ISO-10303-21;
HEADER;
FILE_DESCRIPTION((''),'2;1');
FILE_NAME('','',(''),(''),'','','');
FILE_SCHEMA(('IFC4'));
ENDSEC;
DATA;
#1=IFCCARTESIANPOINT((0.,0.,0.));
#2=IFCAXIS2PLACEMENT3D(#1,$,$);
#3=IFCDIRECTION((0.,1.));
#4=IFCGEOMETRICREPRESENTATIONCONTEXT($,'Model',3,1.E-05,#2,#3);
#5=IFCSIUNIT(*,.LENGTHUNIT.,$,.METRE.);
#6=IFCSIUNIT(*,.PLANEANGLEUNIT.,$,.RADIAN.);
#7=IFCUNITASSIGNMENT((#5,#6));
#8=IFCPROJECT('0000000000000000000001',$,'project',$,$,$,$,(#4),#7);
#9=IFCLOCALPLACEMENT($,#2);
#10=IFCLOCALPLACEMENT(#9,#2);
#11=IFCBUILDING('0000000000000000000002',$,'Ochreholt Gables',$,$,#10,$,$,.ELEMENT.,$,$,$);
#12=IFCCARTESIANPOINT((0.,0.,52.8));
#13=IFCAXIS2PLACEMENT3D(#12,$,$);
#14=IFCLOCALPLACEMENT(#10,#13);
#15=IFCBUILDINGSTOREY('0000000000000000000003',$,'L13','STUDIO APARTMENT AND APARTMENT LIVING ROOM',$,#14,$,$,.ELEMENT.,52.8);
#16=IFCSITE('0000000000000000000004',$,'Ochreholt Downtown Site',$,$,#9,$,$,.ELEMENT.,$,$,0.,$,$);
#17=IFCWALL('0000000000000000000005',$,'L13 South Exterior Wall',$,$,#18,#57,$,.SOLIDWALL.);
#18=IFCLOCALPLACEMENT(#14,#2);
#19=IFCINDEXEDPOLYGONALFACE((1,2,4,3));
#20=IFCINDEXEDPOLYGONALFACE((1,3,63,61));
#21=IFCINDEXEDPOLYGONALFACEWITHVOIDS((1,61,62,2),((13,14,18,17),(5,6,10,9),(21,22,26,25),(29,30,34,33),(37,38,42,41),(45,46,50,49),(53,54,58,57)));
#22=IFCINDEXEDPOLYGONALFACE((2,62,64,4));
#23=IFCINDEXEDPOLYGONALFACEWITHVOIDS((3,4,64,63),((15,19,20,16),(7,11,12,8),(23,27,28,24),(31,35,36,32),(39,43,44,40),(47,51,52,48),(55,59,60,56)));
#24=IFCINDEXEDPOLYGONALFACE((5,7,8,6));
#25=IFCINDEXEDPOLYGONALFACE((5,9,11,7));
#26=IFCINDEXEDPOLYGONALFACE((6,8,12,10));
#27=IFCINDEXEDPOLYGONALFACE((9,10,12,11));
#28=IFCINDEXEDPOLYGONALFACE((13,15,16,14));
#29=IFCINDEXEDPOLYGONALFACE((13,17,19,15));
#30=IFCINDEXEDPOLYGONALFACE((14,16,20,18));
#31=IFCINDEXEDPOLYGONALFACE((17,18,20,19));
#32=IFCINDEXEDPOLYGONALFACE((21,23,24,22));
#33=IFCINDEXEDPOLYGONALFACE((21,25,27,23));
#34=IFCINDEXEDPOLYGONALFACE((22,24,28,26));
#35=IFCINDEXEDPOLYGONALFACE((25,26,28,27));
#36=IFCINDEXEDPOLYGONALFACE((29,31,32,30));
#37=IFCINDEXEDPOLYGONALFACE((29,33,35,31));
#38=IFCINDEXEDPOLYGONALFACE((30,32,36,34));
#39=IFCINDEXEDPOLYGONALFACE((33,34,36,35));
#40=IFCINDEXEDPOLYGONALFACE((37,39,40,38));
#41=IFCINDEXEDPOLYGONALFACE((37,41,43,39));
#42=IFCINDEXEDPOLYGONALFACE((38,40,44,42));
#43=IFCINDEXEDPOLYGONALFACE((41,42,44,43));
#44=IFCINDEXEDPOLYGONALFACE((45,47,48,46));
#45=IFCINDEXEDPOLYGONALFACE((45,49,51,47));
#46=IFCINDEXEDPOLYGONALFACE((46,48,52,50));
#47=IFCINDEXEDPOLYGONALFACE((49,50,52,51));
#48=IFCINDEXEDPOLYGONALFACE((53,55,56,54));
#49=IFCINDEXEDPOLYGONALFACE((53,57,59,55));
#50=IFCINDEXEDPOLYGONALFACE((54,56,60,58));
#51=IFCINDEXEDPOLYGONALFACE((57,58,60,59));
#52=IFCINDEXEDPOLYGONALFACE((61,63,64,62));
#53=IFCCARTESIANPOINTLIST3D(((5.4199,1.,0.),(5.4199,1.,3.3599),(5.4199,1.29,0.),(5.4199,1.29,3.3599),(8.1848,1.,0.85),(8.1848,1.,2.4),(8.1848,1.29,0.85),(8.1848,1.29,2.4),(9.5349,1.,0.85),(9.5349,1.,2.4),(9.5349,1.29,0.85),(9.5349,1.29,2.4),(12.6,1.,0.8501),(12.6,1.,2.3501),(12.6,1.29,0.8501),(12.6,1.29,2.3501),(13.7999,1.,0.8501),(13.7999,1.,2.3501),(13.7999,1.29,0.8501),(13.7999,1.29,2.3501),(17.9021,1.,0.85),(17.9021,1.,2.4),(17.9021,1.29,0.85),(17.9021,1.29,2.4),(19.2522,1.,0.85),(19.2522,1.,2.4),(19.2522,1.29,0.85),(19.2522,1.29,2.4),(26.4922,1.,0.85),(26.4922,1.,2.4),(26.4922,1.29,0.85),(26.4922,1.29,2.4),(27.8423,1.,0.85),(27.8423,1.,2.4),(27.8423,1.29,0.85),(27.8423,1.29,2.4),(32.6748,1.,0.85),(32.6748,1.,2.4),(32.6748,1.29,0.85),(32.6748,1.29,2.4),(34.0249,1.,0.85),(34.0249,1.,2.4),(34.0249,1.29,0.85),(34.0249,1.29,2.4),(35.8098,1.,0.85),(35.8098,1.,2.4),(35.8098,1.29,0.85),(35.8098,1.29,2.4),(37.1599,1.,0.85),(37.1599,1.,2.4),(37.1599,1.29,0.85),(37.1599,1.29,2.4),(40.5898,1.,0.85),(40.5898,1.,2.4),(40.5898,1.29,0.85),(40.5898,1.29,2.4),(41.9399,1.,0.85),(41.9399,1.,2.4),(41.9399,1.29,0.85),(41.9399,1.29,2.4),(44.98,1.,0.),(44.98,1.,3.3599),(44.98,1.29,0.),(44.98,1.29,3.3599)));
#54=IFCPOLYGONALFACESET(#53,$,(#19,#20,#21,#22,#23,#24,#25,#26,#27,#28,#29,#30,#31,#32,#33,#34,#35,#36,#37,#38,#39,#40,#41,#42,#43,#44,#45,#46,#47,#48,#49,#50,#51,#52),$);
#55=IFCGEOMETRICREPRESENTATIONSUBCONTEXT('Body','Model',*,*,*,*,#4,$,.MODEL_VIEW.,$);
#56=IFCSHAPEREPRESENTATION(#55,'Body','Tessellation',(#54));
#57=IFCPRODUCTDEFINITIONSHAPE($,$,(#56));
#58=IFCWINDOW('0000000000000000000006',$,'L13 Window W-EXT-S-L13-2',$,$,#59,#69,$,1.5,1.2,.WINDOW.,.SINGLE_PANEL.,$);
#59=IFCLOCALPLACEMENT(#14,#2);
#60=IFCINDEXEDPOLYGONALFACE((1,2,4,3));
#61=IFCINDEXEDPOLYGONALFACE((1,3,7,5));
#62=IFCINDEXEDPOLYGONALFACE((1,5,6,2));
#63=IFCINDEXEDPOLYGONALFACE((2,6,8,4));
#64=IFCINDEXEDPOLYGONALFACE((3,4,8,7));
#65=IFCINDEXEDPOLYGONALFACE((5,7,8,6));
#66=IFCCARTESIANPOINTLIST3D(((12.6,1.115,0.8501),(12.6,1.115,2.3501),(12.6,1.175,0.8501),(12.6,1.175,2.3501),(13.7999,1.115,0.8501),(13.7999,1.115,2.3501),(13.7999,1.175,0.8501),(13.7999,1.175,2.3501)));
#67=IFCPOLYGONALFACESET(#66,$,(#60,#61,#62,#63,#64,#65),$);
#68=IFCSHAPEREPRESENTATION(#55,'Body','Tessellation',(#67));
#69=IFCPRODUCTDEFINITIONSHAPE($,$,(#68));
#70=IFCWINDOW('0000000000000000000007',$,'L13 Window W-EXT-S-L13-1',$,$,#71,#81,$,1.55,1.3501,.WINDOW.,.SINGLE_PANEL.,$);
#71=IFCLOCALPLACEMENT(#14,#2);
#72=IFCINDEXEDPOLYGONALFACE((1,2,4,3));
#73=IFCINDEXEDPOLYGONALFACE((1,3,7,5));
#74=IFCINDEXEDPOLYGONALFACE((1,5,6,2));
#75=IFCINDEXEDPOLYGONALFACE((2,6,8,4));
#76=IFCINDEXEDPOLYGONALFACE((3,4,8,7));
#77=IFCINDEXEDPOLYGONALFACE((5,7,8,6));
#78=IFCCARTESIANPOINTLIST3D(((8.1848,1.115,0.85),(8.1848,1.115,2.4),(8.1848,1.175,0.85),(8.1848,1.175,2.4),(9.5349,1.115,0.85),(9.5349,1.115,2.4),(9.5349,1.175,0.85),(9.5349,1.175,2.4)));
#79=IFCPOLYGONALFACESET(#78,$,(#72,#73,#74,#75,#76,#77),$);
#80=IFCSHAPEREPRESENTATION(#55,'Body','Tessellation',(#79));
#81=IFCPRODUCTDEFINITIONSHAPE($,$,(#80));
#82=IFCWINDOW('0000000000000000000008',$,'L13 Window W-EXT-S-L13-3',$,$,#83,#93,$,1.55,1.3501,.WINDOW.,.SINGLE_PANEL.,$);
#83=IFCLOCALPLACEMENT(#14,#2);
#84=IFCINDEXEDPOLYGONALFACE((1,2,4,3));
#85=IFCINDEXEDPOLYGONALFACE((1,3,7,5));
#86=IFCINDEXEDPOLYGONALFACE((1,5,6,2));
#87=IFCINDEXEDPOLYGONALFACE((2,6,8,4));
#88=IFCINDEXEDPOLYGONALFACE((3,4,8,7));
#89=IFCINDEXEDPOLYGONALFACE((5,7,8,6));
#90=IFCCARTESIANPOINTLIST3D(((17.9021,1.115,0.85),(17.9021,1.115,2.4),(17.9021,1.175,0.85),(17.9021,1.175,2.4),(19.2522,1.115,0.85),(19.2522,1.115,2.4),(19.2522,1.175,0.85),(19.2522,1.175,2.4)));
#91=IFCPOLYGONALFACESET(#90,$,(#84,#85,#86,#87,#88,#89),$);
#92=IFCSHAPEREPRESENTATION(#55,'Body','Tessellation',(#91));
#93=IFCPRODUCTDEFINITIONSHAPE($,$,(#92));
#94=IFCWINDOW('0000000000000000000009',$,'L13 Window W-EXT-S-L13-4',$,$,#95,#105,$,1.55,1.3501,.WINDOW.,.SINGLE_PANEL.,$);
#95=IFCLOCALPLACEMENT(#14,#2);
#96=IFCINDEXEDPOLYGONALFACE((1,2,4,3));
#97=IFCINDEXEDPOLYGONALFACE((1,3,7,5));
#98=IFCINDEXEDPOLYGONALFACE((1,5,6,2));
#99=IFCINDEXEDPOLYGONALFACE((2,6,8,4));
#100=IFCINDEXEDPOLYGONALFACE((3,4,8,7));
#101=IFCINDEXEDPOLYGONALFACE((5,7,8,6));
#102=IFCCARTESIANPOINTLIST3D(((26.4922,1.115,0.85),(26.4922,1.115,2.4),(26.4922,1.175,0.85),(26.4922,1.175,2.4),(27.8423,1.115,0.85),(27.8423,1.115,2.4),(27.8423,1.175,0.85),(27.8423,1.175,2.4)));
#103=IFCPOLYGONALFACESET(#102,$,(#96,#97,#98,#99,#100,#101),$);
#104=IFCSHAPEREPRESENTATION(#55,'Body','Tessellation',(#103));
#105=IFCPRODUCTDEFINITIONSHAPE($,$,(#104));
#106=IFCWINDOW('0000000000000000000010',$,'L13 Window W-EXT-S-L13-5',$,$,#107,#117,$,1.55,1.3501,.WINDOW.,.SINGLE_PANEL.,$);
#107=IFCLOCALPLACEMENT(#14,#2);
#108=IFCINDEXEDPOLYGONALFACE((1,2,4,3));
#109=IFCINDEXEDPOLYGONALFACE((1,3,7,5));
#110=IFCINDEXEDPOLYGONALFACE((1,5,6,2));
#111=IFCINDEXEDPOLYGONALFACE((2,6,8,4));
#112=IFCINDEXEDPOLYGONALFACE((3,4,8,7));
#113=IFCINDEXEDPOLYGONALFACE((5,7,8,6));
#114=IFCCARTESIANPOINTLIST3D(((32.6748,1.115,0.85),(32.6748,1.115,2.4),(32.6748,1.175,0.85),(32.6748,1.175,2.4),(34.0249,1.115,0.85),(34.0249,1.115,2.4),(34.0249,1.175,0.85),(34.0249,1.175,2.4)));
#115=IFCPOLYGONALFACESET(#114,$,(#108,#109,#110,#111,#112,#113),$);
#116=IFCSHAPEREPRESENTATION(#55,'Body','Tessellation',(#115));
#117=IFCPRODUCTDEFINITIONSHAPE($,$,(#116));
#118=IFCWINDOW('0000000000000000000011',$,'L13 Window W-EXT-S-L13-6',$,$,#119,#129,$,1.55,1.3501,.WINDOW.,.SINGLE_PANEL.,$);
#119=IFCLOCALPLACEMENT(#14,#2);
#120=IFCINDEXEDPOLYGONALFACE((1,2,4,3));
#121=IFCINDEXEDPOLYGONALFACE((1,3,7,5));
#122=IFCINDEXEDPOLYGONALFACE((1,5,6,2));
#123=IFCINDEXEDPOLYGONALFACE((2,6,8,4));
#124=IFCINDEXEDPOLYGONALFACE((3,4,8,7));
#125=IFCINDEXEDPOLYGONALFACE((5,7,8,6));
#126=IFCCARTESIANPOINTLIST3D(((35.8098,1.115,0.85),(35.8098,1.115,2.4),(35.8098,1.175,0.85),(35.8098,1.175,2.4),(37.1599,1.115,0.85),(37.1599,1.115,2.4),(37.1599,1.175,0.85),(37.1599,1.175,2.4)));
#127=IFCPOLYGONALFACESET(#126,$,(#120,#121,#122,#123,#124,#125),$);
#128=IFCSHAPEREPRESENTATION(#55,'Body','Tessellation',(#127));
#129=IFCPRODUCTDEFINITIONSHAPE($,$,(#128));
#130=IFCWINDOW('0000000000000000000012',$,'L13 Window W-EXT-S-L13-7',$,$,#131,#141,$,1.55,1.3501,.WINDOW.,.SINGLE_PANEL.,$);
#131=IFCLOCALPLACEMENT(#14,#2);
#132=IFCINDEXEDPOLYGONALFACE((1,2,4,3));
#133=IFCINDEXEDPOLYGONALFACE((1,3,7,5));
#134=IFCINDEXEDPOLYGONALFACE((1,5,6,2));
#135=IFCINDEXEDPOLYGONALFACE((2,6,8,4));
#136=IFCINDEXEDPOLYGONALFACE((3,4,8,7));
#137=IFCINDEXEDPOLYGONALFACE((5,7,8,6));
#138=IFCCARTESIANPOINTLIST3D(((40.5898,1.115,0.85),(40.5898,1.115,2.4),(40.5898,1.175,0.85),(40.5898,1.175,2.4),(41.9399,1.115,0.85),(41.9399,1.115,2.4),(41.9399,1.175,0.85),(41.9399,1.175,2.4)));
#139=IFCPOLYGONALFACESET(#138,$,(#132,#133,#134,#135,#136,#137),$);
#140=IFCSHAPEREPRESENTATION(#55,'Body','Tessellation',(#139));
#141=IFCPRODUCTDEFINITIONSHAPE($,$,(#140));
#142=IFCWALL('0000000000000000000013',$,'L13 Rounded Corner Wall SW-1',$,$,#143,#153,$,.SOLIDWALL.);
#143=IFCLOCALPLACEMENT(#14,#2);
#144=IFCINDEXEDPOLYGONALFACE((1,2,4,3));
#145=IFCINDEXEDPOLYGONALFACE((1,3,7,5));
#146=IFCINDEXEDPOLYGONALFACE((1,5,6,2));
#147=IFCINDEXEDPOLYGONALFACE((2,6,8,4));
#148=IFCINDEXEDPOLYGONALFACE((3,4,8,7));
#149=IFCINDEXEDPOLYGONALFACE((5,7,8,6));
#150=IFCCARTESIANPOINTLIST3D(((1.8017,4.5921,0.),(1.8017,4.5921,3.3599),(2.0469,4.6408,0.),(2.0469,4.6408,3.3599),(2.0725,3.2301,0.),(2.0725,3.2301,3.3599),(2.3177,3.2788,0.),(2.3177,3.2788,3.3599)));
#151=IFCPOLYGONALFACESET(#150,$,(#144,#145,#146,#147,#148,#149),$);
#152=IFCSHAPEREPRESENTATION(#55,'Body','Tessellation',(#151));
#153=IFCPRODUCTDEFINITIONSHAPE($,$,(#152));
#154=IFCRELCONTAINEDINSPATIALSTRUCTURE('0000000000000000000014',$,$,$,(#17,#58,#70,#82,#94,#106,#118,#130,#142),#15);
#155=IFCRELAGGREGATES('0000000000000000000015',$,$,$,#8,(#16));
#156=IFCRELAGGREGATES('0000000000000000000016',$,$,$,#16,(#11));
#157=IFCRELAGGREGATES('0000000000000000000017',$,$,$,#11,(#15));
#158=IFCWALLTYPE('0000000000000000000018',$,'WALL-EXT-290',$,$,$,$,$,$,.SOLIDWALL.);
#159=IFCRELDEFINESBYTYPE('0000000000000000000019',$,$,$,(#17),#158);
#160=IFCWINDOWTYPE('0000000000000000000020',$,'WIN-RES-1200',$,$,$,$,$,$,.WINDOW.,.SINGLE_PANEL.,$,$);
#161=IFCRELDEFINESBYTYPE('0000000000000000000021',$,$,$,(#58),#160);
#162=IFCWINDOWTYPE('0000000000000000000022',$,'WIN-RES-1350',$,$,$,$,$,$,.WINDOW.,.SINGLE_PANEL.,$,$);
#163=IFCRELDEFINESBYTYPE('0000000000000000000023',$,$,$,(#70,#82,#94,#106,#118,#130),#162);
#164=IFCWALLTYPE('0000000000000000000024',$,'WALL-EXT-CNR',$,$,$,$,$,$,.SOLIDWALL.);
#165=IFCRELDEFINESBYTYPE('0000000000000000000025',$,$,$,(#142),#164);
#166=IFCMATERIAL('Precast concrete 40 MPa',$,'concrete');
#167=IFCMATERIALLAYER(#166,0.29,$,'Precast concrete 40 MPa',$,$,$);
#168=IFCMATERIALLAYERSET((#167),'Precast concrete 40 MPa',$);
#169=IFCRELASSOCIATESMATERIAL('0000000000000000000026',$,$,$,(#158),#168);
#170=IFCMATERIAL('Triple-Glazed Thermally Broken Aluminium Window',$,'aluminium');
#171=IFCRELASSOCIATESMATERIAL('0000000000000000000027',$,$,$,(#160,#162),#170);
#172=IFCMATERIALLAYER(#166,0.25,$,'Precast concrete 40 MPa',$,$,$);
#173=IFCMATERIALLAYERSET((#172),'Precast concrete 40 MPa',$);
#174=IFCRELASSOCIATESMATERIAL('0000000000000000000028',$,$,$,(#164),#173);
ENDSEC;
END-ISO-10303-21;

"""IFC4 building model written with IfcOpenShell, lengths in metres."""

from ifc_helpers import new_model, si_unit, direction, frame, frame_2d, origin, place, context, subcontext, project, spatial, rectangle, extrude, material, layer, layer_set, type_object, element, fill, save


model = new_model("IFC4")

# Units and contexts
model_context = context("Model", 3, precision=1e-05, world=origin(), true_north=direction((0.0, 1.0)))
body_context = subcontext(model_context, "Body", "Model", "MODEL_VIEW")
ifc_project = project(units=[si_unit("LENGTHUNIT", "METRE"), si_unit("PLANEANGLEUNIT", "RADIAN")], contexts=[model_context])

# Site, building, storey
site_placement = place(None, origin())
site = spatial("IfcSite", under=ifc_project, at=site_placement, Name="Ochreholt Downtown Site", CompositionType="ELEMENT", RefElevation=0.0)
building_placement = place(site_placement, origin())
building = spatial("IfcBuilding", under=site, at=building_placement, Name="Ochreholt Gables", CompositionType="ELEMENT")
storey_placement = place(building_placement, frame((0.0, 0.0, 52.8)))
storey = spatial("IfcBuildingStorey", under=building, at=storey_placement, Name="L13", Description="STUDIO APARTMENT AND APARTMENT LIVING ROOM", CompositionType="ELEMENT", Elevation=52.8)

# Wall, openings, windows
ifc_material_1 = material(Name="Precast concrete 40 MPa", Category="concrete")
ifc_layer_1 = layer(ifc_material_1, 0.29, Name="Precast concrete 40 MPa")
ifc_layer_set_1 = layer_set([ifc_layer_1], Name="Precast concrete 40 MPa")
wall_type_1 = type_object("IfcWallType", Name="WALL-EXT-290", PredefinedType="SOLIDWALL", material=ifc_layer_set_1)
wall_1_placement = place(storey_placement, frame((5.4199, 1.145, 0.0), z_axis=(0.0, 0.0, 1.0), x_axis=(1.0, 0.0, 0.0)))
wall_1 = element("IfcWall", 1, at=wall_1_placement, inside=storey, type_object=wall_type_1, Name="L13 South Exterior Wall", PredefinedType="SOLIDWALL", context=body_context, shape_type="SweptSolid", body=[
    extrude(rectangle(XDim=39.5601, YDim=0.29, at=frame_2d((19.78, 0.0))), origin(), (0.0, 0.0, 1.0), 3.3599),
])
opening_1_placement = place(wall_1_placement, frame((2.7649, 0.0, 0.8501)))
opening_1 = element("IfcOpeningElement", 2, at=opening_1_placement, cuts=wall_1, PredefinedType="OPENING", context=body_context, shape_type="SweptSolid", body=[
    extrude(rectangle(XDim=1.3501, YDim=1.55, at=frame_2d((0.675, 0.7749))), frame((0.0, 0.155, 0.0), z_axis=(0.0, -1.0, 0.0), x_axis=(1.0, 0.0, 0.0)), (0.0, 0.0, 1.0), 0.3101),
])
opening_2_placement = place(wall_1_placement, frame((7.1799, 0.0, 0.8501)))
opening_2 = element("IfcOpeningElement", 3, at=opening_2_placement, cuts=wall_1, PredefinedType="OPENING", context=body_context, shape_type="SweptSolid", body=[
    extrude(rectangle(XDim=1.2, YDim=1.5, at=frame_2d((0.6001, 0.75))), frame((0.0, 0.155, 0.0), z_axis=(0.0, -1.0, 0.0), x_axis=(1.0, 0.0, 0.0)), (0.0, 0.0, 1.0), 0.3101),
])
opening_3_placement = place(wall_1_placement, frame((12.4822, 0.0, 0.8501)))
opening_3 = element("IfcOpeningElement", 4, at=opening_3_placement, cuts=wall_1, PredefinedType="OPENING", context=body_context, shape_type="SweptSolid", body=[
    extrude(rectangle(XDim=1.3501, YDim=1.55, at=frame_2d((0.675, 0.7749))), frame((0.0, 0.155, 0.0), z_axis=(0.0, -1.0, 0.0), x_axis=(1.0, 0.0, 0.0)), (0.0, 0.0, 1.0), 0.3101),
])
opening_4_placement = place(wall_1_placement, frame((21.0723, 0.0, 0.8501)))
opening_4 = element("IfcOpeningElement", 5, at=opening_4_placement, cuts=wall_1, PredefinedType="OPENING", context=body_context, shape_type="SweptSolid", body=[
    extrude(rectangle(XDim=1.3501, YDim=1.55, at=frame_2d((0.675, 0.7749))), frame((0.0, 0.155, 0.0), z_axis=(0.0, -1.0, 0.0), x_axis=(1.0, 0.0, 0.0)), (0.0, 0.0, 1.0), 0.3101),
])
opening_5_placement = place(wall_1_placement, frame((27.2549, 0.0, 0.8501)))
opening_5 = element("IfcOpeningElement", 6, at=opening_5_placement, cuts=wall_1, PredefinedType="OPENING", context=body_context, shape_type="SweptSolid", body=[
    extrude(rectangle(XDim=1.3501, YDim=1.55, at=frame_2d((0.675, 0.7749))), frame((0.0, 0.155, 0.0), z_axis=(0.0, -1.0, 0.0), x_axis=(1.0, 0.0, 0.0)), (0.0, 0.0, 1.0), 0.3101),
])
opening_6_placement = place(wall_1_placement, frame((30.3899, 0.0, 0.8501)))
opening_6 = element("IfcOpeningElement", 7, at=opening_6_placement, cuts=wall_1, PredefinedType="OPENING", context=body_context, shape_type="SweptSolid", body=[
    extrude(rectangle(XDim=1.3501, YDim=1.55, at=frame_2d((0.675, 0.7749))), frame((0.0, 0.155, 0.0), z_axis=(0.0, -1.0, 0.0), x_axis=(1.0, 0.0, 0.0)), (0.0, 0.0, 1.0), 0.3101),
])
opening_7_placement = place(wall_1_placement, frame((35.1699, 0.0, 0.8501)))
opening_7 = element("IfcOpeningElement", 8, at=opening_7_placement, cuts=wall_1, PredefinedType="OPENING", context=body_context, shape_type="SweptSolid", body=[
    extrude(rectangle(XDim=1.3501, YDim=1.55, at=frame_2d((0.675, 0.7749))), frame((0.0, 0.155, 0.0), z_axis=(0.0, -1.0, 0.0), x_axis=(1.0, 0.0, 0.0)), (0.0, 0.0, 1.0), 0.3101),
])
ifc_material_2 = material(Name="Triple-Glazed Thermally Broken Aluminium Window", Category="aluminium")
window_type_1 = type_object("IfcWindowType", Name="WIN-RES-1200", PartitioningType="SINGLE_PANEL", PredefinedType="WINDOW", material=ifc_material_2)
window_1_placement = place(opening_2_placement, origin())
window_1 = element("IfcWindow", 9, at=window_1_placement, inside=storey, type_object=window_type_1, Name="L13 Window W-EXT-S-L13-2", OverallHeight=1.5, OverallWidth=1.2, PartitioningType="SINGLE_PANEL", PredefinedType="WINDOW", context=body_context, shape_type="SweptSolid", body=[
    extrude(rectangle(XDim=1.2, YDim=1.5, at=frame_2d((0.6001, 0.75))), frame((0.0, 0.03, 0.0), z_axis=(0.0, -1.0, 0.0), x_axis=(1.0, 0.0, 0.0)), (0.0, 0.0, 1.0), 0.0601),
])
fill(opening_2, window_1)
window_type_2 = type_object("IfcWindowType", Name="WIN-RES-1350", PartitioningType="SINGLE_PANEL", PredefinedType="WINDOW", material=ifc_material_2)
window_2_placement = place(opening_1_placement, origin())
window_2 = element("IfcWindow", 10, at=window_2_placement, inside=storey, type_object=window_type_2, Name="L13 Window W-EXT-S-L13-1", OverallHeight=1.55, OverallWidth=1.3501, PartitioningType="SINGLE_PANEL", PredefinedType="WINDOW", context=body_context, shape_type="SweptSolid", body=[
    extrude(rectangle(XDim=1.3501, YDim=1.55, at=frame_2d((0.675, 0.7749))), frame((0.0, 0.03, 0.0), z_axis=(0.0, -1.0, 0.0), x_axis=(1.0, 0.0, 0.0)), (0.0, 0.0, 1.0), 0.0601),
])
fill(opening_1, window_2)
window_3_placement = place(opening_3_placement, origin())
window_3 = element("IfcWindow", 11, at=window_3_placement, inside=storey, type_object=window_type_2, Name="L13 Window W-EXT-S-L13-3", OverallHeight=1.55, OverallWidth=1.3501, PartitioningType="SINGLE_PANEL", PredefinedType="WINDOW", context=body_context, shape_type="SweptSolid", body=[
    extrude(rectangle(XDim=1.3501, YDim=1.55, at=frame_2d((0.675, 0.7749))), frame((0.0, 0.03, 0.0), z_axis=(0.0, -1.0, 0.0), x_axis=(1.0, 0.0, 0.0)), (0.0, 0.0, 1.0), 0.0601),
])
fill(opening_3, window_3)
window_4_placement = place(opening_4_placement, origin())
window_4 = element("IfcWindow", 12, at=window_4_placement, inside=storey, type_object=window_type_2, Name="L13 Window W-EXT-S-L13-4", OverallHeight=1.55, OverallWidth=1.3501, PartitioningType="SINGLE_PANEL", PredefinedType="WINDOW", context=body_context, shape_type="SweptSolid", body=[
    extrude(rectangle(XDim=1.3501, YDim=1.55, at=frame_2d((0.675, 0.7749))), frame((0.0, 0.03, 0.0), z_axis=(0.0, -1.0, 0.0), x_axis=(1.0, 0.0, 0.0)), (0.0, 0.0, 1.0), 0.0601),
])
fill(opening_4, window_4)
window_5_placement = place(opening_5_placement, origin())
window_5 = element("IfcWindow", 13, at=window_5_placement, inside=storey, type_object=window_type_2, Name="L13 Window W-EXT-S-L13-5", OverallHeight=1.55, OverallWidth=1.3501, PartitioningType="SINGLE_PANEL", PredefinedType="WINDOW", context=body_context, shape_type="SweptSolid", body=[
    extrude(rectangle(XDim=1.3501, YDim=1.55, at=frame_2d((0.675, 0.7749))), frame((0.0, 0.03, 0.0), z_axis=(0.0, -1.0, 0.0), x_axis=(1.0, 0.0, 0.0)), (0.0, 0.0, 1.0), 0.0601),
])
fill(opening_5, window_5)
window_6_placement = place(opening_6_placement, origin())
window_6 = element("IfcWindow", 14, at=window_6_placement, inside=storey, type_object=window_type_2, Name="L13 Window W-EXT-S-L13-6", OverallHeight=1.55, OverallWidth=1.3501, PartitioningType="SINGLE_PANEL", PredefinedType="WINDOW", context=body_context, shape_type="SweptSolid", body=[
    extrude(rectangle(XDim=1.3501, YDim=1.55, at=frame_2d((0.675, 0.7749))), frame((0.0, 0.03, 0.0), z_axis=(0.0, -1.0, 0.0), x_axis=(1.0, 0.0, 0.0)), (0.0, 0.0, 1.0), 0.0601),
])
fill(opening_6, window_6)
window_7_placement = place(opening_7_placement, origin())
window_7 = element("IfcWindow", 15, at=window_7_placement, inside=storey, type_object=window_type_2, Name="L13 Window W-EXT-S-L13-7", OverallHeight=1.55, OverallWidth=1.3501, PartitioningType="SINGLE_PANEL", PredefinedType="WINDOW", context=body_context, shape_type="SweptSolid", body=[
    extrude(rectangle(XDim=1.3501, YDim=1.55, at=frame_2d((0.675, 0.7749))), frame((0.0, 0.03, 0.0), z_axis=(0.0, -1.0, 0.0), x_axis=(1.0, 0.0, 0.0)), (0.0, 0.0, 1.0), 0.0601),
])
fill(opening_7, window_7)

# Wall
ifc_layer_2 = layer(ifc_material_1, 0.25, Name="Precast concrete 40 MPa")
ifc_layer_set_2 = layer_set([ifc_layer_2], Name="Precast concrete 40 MPa")
wall_type_2 = type_object("IfcWallType", Name="WALL-EXT-CNR", PredefinedType="SOLIDWALL", material=ifc_layer_set_2)
wall_2_placement = place(storey_placement, frame((1.9243, 4.6165, 0.0), z_axis=(0.0, 0.0, 1.0), x_axis=(0.194967, -0.98081, 0.0)))
element("IfcWall", 16, at=wall_2_placement, inside=storey, type_object=wall_type_2, Name="L13 Rounded Corner Wall SW-1", PredefinedType="SOLIDWALL", context=body_context, shape_type="SweptSolid", body=[
    extrude(rectangle(XDim=1.3887, YDim=0.25, at=frame_2d((0.6943, 0.0))), origin(), (0.0, 0.0, 1.0), 3.3599),
])

save(model, "model.ifc")
